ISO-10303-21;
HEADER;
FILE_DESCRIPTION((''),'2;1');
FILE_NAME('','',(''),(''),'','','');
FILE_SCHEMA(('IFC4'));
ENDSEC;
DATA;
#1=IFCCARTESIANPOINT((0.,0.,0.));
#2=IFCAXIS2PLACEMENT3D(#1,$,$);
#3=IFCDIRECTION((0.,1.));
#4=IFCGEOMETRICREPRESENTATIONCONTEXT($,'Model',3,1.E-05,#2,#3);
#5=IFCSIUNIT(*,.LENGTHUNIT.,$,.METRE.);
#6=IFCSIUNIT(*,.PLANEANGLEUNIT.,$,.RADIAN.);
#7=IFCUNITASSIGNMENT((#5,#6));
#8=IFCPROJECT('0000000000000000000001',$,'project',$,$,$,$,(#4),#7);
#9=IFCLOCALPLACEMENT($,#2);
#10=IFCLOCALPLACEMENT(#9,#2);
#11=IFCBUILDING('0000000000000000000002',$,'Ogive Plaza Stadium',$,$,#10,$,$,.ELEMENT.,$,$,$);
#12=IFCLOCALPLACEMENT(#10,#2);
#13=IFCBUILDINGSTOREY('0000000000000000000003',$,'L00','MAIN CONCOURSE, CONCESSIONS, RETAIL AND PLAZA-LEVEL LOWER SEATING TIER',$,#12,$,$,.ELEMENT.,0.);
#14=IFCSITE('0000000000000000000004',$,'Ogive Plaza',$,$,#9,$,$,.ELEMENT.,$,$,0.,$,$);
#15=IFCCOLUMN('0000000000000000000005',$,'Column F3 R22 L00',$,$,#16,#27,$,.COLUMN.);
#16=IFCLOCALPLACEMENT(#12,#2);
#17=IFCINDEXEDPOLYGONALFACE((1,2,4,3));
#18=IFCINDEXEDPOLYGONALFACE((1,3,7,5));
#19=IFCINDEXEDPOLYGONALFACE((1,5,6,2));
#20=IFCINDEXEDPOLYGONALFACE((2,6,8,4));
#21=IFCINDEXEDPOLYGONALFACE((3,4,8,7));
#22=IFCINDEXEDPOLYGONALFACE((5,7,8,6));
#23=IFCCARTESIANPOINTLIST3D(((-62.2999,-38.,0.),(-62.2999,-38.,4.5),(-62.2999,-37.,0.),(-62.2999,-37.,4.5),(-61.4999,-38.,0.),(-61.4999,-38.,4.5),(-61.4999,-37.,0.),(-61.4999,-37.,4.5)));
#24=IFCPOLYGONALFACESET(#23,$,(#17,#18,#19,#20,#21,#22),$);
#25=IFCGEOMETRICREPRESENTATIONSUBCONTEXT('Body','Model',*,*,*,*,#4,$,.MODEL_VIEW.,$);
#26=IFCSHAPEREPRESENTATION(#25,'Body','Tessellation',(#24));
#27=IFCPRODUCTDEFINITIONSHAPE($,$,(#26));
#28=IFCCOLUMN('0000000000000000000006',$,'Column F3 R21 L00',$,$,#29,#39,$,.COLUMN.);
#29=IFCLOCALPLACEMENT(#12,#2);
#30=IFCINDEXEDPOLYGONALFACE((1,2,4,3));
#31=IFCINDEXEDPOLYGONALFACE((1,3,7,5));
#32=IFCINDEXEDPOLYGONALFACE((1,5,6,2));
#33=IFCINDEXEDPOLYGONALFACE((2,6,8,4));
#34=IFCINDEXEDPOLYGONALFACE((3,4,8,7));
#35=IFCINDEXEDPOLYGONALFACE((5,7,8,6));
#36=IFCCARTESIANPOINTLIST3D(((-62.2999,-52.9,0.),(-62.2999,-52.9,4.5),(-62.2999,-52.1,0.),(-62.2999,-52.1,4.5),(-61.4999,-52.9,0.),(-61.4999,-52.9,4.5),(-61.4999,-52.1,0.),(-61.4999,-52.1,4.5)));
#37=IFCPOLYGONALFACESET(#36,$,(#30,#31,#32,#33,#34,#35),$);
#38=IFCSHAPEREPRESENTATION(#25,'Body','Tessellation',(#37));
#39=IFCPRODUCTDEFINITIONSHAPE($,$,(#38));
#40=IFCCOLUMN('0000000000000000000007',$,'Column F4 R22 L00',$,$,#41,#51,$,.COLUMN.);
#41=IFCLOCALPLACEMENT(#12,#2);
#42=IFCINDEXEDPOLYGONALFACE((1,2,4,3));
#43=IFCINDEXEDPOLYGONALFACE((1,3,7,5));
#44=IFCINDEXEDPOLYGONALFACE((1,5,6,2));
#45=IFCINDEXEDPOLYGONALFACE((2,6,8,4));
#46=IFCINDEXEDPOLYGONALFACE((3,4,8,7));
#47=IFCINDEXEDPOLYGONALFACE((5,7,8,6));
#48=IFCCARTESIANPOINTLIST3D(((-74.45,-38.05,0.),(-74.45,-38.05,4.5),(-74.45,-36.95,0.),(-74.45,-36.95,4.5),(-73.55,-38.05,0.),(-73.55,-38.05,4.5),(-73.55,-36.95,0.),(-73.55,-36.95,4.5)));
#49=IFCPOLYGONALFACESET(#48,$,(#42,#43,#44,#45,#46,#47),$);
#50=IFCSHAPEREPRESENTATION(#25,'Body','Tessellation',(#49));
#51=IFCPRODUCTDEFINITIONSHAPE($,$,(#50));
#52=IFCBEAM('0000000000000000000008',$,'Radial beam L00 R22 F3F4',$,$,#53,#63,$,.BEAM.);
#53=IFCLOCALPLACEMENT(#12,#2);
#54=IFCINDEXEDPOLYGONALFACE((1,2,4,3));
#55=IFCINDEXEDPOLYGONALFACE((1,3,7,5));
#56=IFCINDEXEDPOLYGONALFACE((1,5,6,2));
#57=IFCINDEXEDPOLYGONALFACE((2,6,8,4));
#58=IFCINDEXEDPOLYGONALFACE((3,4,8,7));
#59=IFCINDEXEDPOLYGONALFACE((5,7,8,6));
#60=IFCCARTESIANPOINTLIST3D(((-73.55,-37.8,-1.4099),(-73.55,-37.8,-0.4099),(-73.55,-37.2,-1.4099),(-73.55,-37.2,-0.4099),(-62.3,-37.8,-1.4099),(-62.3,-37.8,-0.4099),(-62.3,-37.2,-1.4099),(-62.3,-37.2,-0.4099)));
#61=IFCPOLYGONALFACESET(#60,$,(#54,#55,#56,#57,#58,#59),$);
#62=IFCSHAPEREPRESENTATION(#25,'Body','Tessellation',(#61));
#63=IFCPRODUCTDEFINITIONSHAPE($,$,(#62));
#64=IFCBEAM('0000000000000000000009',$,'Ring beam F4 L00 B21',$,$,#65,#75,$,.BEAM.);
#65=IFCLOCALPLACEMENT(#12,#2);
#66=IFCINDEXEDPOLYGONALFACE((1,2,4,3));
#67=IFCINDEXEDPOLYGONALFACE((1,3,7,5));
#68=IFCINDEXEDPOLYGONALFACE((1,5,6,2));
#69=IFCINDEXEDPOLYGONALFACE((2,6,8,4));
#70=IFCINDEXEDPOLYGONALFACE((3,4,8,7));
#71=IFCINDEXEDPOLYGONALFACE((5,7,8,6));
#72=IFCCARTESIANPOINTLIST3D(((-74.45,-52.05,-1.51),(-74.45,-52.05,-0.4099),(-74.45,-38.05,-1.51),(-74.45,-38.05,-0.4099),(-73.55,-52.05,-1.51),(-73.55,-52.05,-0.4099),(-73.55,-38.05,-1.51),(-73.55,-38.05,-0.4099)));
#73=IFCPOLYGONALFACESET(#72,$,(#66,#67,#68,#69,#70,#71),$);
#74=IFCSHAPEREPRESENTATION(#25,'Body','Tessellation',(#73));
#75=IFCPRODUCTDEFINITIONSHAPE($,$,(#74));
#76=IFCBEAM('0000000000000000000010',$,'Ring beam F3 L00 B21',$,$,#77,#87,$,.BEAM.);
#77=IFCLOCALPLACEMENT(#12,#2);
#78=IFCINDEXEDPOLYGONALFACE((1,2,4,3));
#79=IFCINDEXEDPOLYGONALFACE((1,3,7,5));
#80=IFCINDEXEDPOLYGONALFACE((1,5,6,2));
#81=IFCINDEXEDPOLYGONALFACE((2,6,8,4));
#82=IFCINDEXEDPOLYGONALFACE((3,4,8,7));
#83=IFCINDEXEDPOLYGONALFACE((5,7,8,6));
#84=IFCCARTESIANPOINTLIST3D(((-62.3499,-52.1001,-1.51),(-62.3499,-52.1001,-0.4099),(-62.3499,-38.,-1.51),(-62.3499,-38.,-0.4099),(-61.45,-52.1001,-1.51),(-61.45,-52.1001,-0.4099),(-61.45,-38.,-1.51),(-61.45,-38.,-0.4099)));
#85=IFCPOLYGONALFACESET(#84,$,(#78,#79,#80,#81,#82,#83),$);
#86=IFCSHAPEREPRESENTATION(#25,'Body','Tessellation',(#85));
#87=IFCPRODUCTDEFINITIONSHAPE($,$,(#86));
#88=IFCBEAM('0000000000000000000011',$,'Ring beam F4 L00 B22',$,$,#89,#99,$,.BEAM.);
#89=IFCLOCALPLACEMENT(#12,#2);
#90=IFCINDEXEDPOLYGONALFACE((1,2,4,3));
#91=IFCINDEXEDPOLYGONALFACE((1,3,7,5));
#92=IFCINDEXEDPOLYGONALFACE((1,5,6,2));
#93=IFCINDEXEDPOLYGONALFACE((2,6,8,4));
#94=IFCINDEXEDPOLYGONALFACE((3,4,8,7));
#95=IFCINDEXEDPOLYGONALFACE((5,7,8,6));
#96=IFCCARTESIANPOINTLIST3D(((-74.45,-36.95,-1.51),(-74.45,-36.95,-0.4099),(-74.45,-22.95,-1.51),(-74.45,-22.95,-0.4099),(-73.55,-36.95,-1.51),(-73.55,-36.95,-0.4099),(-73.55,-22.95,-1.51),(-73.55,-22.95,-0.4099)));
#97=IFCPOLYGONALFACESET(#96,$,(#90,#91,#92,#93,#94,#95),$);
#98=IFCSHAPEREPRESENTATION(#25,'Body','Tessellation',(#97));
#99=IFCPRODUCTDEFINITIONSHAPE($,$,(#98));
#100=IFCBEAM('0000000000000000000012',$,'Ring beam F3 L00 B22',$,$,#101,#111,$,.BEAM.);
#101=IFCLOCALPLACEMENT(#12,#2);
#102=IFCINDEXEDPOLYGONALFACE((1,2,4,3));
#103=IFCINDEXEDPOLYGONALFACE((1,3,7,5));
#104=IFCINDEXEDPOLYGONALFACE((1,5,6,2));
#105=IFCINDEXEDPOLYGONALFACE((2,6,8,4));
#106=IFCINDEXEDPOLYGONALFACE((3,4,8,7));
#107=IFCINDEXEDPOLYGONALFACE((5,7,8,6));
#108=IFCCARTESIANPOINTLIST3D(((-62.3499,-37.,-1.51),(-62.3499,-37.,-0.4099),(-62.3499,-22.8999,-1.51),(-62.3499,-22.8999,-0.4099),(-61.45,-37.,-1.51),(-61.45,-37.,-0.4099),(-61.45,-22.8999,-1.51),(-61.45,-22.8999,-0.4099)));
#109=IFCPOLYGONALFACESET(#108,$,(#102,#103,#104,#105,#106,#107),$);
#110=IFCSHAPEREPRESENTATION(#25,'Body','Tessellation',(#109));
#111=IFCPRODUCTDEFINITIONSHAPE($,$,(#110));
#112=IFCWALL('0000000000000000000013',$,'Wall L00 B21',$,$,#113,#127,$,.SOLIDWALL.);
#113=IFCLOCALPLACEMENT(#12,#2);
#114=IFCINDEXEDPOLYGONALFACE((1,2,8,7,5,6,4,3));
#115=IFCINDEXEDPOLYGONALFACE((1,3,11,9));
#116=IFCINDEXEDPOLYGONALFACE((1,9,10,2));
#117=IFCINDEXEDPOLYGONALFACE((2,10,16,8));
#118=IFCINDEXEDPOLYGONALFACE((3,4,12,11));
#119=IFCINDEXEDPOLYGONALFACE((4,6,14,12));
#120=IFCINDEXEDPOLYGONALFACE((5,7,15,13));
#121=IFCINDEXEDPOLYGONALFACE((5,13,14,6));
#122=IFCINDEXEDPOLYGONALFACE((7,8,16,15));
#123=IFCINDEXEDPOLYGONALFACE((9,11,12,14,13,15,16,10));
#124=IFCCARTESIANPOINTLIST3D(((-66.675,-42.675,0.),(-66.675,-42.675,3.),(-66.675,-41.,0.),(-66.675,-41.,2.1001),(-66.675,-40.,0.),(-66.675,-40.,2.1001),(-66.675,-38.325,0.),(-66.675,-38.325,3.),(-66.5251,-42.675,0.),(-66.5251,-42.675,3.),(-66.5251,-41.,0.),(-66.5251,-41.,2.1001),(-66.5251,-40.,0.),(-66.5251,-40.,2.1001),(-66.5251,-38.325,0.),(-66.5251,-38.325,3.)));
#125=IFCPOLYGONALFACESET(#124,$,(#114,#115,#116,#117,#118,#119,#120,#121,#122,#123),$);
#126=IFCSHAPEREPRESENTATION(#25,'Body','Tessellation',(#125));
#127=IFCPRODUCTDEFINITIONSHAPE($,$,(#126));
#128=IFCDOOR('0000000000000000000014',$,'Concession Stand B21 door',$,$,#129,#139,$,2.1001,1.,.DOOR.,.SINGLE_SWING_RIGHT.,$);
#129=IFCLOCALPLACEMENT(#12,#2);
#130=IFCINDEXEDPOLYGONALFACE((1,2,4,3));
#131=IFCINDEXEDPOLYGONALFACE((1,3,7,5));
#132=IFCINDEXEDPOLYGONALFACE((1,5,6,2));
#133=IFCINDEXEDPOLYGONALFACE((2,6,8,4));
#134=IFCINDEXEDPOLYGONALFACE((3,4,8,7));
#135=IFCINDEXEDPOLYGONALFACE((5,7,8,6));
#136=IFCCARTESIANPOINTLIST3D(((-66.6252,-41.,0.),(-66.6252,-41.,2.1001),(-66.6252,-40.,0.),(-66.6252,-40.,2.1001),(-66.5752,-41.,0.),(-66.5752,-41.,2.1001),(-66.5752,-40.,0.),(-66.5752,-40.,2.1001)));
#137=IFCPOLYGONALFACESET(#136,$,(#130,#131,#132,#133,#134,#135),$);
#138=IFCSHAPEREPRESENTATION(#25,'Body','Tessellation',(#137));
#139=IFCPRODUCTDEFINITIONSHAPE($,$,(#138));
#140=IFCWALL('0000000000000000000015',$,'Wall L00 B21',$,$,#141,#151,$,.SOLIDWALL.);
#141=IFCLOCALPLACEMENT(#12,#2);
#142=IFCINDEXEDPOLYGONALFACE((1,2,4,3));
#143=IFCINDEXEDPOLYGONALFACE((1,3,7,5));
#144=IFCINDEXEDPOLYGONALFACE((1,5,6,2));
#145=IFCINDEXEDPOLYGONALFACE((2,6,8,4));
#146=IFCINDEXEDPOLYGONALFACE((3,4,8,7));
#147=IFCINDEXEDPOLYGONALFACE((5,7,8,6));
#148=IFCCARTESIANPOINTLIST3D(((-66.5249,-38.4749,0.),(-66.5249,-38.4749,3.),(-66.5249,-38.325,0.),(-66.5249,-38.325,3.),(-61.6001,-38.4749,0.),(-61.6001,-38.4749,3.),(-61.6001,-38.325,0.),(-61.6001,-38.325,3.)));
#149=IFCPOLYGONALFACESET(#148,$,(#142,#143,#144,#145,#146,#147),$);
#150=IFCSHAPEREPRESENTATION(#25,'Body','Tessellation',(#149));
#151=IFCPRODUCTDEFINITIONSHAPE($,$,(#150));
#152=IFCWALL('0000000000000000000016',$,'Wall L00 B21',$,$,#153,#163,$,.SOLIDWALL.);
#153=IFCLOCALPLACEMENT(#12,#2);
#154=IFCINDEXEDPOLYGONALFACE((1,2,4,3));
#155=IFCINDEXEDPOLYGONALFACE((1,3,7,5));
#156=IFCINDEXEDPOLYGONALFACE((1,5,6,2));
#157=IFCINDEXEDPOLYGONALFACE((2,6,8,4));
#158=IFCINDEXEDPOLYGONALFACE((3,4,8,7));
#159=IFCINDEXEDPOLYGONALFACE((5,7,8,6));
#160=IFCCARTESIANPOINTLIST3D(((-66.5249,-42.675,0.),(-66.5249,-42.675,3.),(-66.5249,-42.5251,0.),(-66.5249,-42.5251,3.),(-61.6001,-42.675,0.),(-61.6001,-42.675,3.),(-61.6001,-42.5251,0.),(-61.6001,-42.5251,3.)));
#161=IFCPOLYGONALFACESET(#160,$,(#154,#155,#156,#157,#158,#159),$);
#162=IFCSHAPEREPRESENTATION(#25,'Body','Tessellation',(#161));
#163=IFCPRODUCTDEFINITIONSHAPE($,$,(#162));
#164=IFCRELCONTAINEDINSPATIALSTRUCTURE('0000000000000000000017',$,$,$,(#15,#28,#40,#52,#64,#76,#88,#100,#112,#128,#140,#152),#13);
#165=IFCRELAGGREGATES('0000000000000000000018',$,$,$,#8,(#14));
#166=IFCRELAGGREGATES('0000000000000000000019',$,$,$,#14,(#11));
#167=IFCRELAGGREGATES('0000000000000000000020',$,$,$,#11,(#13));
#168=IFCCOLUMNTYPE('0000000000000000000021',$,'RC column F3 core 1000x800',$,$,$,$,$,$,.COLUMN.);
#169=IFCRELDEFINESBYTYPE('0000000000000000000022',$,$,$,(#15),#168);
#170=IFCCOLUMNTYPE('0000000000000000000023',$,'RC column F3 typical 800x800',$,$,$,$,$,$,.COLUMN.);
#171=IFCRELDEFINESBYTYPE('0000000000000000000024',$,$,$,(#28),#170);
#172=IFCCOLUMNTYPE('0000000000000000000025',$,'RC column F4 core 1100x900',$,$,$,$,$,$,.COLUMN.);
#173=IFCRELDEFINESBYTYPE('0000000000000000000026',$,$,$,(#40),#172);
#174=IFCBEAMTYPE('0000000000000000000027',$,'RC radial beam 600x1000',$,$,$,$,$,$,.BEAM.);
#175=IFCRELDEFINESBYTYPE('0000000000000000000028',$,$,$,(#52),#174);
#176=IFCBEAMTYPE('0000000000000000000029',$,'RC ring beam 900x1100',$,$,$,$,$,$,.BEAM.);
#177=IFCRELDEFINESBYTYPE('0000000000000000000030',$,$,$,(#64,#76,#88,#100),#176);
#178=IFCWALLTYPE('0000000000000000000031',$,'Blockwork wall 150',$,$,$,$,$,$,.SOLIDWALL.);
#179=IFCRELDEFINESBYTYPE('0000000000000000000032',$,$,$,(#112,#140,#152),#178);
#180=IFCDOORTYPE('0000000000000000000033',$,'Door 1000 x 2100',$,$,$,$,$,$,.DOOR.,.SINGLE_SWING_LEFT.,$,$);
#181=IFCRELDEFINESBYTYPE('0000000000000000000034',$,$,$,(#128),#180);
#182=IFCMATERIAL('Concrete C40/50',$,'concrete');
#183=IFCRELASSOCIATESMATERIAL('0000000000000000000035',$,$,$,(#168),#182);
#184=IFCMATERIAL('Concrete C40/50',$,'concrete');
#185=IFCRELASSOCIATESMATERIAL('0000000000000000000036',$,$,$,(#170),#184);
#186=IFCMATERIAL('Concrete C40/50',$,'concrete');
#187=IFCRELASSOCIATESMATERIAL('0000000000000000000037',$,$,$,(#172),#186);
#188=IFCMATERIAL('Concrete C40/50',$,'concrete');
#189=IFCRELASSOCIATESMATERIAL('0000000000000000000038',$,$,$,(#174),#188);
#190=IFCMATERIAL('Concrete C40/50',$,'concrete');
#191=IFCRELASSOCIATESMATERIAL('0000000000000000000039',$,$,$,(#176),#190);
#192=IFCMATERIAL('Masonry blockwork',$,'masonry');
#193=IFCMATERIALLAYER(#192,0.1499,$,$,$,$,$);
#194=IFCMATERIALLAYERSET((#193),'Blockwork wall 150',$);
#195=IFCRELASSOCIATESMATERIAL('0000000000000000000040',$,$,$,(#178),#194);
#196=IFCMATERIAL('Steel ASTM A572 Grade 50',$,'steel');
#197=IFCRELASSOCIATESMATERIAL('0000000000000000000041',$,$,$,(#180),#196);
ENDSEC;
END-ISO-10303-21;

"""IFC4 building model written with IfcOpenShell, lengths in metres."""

from ifc_helpers import new_model, si_unit, direction, frame, frame_2d, origin, origin_2d, place, context, subcontext, project, spatial, rectangle, extrude, material, layer, layer_set, material_profile, profile_set, type_object, element, fill, save


model = new_model("IFC4")

# Units and contexts
model_context = context("Model", 3, precision=1e-05, world=origin(), true_north=direction((0.0, 1.0)))
body_context = subcontext(model_context, "Body", "Model", "MODEL_VIEW")
ifc_project = project(units=[si_unit("LENGTHUNIT", "METRE"), si_unit("PLANEANGLEUNIT", "RADIAN")], contexts=[model_context])

# Site, building, storey
site_placement = place(None, origin())
site = spatial("IfcSite", under=ifc_project, at=site_placement, Name="Ogive Plaza", CompositionType="ELEMENT", RefElevation=0.0)
building_placement = place(site_placement, origin())
building = spatial("IfcBuilding", under=site, at=building_placement, Name="Ogive Plaza Stadium", CompositionType="ELEMENT")
storey_placement = place(building_placement, origin())
storey = spatial("IfcBuildingStorey", under=building, at=storey_placement, Name="L00", Description="MAIN CONCOURSE, CONCESSIONS, RETAIL AND PLAZA-LEVEL LOWER SEATING TIER", CompositionType="ELEMENT", Elevation=0.0)

# Columns
ifc_material_1 = material(Name="Concrete C40/50", Category="concrete")
ifc_material_profile_1 = material_profile(ifc_material_1, rectangle(XDim=1.0, YDim=0.8, at=origin_2d()), Name="RC 1000x800")
ifc_profile_set_1 = profile_set([ifc_material_profile_1], Name="Concrete C40/50")
column_type_1 = type_object("IfcColumnType", Name="RC column F3 core 1000x800", PredefinedType="COLUMN", material=ifc_profile_set_1)
column_1_placement = place(storey_placement, frame((-61.8999, -37.5, 0.0), z_axis=(0.0, 0.0, 1.0), x_axis=(0.0, -1.0, 0.0)))
element("IfcColumn", 1, at=column_1_placement, inside=storey, type_object=column_type_1, Name="Column F3 R22 L00", PredefinedType="COLUMN", context=body_context, shape_type="SweptSolid", body=[
    extrude(rectangle(XDim=1.0, YDim=0.8, at=origin_2d()), origin(), (0.0, 0.0, 1.0), 4.5),
])
ifc_material_2 = material(Name="Concrete C40/50", Category="concrete")
ifc_material_profile_2 = material_profile(ifc_material_2, rectangle(XDim=0.8, YDim=0.8, at=origin_2d()), Name="RC 800x800")
ifc_profile_set_2 = profile_set([ifc_material_profile_2], Name="Concrete C40/50")
column_type_2 = type_object("IfcColumnType", Name="RC column F3 typical 800x800", PredefinedType="COLUMN", material=ifc_profile_set_2)
column_2_placement = place(storey_placement, frame((-61.8999, -52.5, 0.0), z_axis=(0.0, 0.0, 1.0), x_axis=(0.0, -1.0, 0.0)))
element("IfcColumn", 2, at=column_2_placement, inside=storey, type_object=column_type_2, Name="Column F3 R21 L00", PredefinedType="COLUMN", context=body_context, shape_type="SweptSolid", body=[
    extrude(rectangle(XDim=0.8, YDim=0.8, at=origin_2d()), origin(), (0.0, 0.0, 1.0), 4.5),
])
ifc_material_3 = material(Name="Concrete C40/50", Category="concrete")
ifc_material_profile_3 = material_profile(ifc_material_3, rectangle(XDim=1.1001, YDim=0.8999, at=origin_2d()), Name="RC 1100x900")
ifc_profile_set_3 = profile_set([ifc_material_profile_3], Name="Concrete C40/50")
column_type_3 = type_object("IfcColumnType", Name="RC column F4 core 1100x900", PredefinedType="COLUMN", material=ifc_profile_set_3)
column_3_placement = place(storey_placement, frame((-74.0, -37.5, 0.0), z_axis=(0.0, 0.0, 1.0), x_axis=(0.0, -1.0, 0.0)))
element("IfcColumn", 3, at=column_3_placement, inside=storey, type_object=column_type_3, Name="Column F4 R22 L00", PredefinedType="COLUMN", context=body_context, shape_type="SweptSolid", body=[
    extrude(rectangle(XDim=1.1001, YDim=0.8999, at=origin_2d()), origin(), (0.0, 0.0, 1.0), 4.5),
])

# Beams
ifc_material_4 = material(Name="Concrete C40/50", Category="concrete")
ifc_material_profile_4 = material_profile(ifc_material_4, rectangle(XDim=0.6001, YDim=1.0, at=origin_2d()), Name="RC 600x1000")
ifc_profile_set_4 = profile_set([ifc_material_profile_4], Name="Concrete C40/50")
beam_type_1 = type_object("IfcBeamType", Name="RC radial beam 600x1000", PredefinedType="BEAM", material=ifc_profile_set_4)
beam_1_placement = place(storey_placement, frame((-62.3, -37.5, -0.9099), z_axis=(-1.0, 0.0, 0.0), x_axis=(0.0, -1.0, 0.0)))
element("IfcBeam", 4, at=beam_1_placement, inside=storey, type_object=beam_type_1, Name="Radial beam L00 R22 F3F4", PredefinedType="BEAM", context=body_context, shape_type="SweptSolid", body=[
    extrude(rectangle(XDim=0.6001, YDim=1.0, at=origin_2d()), origin(), (0.0, 0.0, 1.0), 11.25),
])
ifc_material_5 = material(Name="Concrete C40/50", Category="concrete")
ifc_material_profile_5 = material_profile(ifc_material_5, rectangle(XDim=0.8999, YDim=1.1001, at=origin_2d()), Name="RC 900x1100")
ifc_profile_set_5 = profile_set([ifc_material_profile_5], Name="Concrete C40/50")
beam_type_2 = type_object("IfcBeamType", Name="RC ring beam 900x1100", PredefinedType="BEAM", material=ifc_profile_set_5)
beam_2_placement = place(storey_placement, frame((-74.0, -52.05, -0.96), z_axis=(0.0, 1.0, 0.0), x_axis=(-1.0, 0.0, 0.0)))
element("IfcBeam", 5, at=beam_2_placement, inside=storey, type_object=beam_type_2, Name="Ring beam F4 L00 B21", PredefinedType="BEAM", context=body_context, shape_type="SweptSolid", body=[
    extrude(rectangle(XDim=0.8999, YDim=1.1001, at=origin_2d()), origin(), (0.0, 0.0, 1.0), 14.0),
])
beam_3_placement = place(storey_placement, frame((-61.8999, -52.1001, -0.96), z_axis=(0.0, 1.0, 0.0), x_axis=(-1.0, 0.0, 0.0)))
element("IfcBeam", 6, at=beam_3_placement, inside=storey, type_object=beam_type_2, Name="Ring beam F3 L00 B21", PredefinedType="BEAM", context=body_context, shape_type="SweptSolid", body=[
    extrude(rectangle(XDim=0.8999, YDim=1.1001, at=origin_2d()), origin(), (0.0, 0.0, 1.0), 14.1001),
])
beam_4_placement = place(storey_placement, frame((-74.0, -36.95, -0.96), z_axis=(0.0, 1.0, 0.0), x_axis=(-1.0, 0.0, 0.0)))
element("IfcBeam", 7, at=beam_4_placement, inside=storey, type_object=beam_type_2, Name="Ring beam F4 L00 B22", PredefinedType="BEAM", context=body_context, shape_type="SweptSolid", body=[
    extrude(rectangle(XDim=0.8999, YDim=1.1001, at=origin_2d()), origin(), (0.0, 0.0, 1.0), 14.0),
])
beam_5_placement = place(storey_placement, frame((-61.8999, -37.0, -0.96), z_axis=(0.0, 1.0, 0.0), x_axis=(-1.0, 0.0, 0.0)))
element("IfcBeam", 8, at=beam_5_placement, inside=storey, type_object=beam_type_2, Name="Ring beam F3 L00 B22", PredefinedType="BEAM", context=body_context, shape_type="SweptSolid", body=[
    extrude(rectangle(XDim=0.8999, YDim=1.1001, at=origin_2d()), origin(), (0.0, 0.0, 1.0), 14.1001),
])

# Wall, opening, door
ifc_material_6 = material(Name="Masonry blockwork", Category="masonry")
ifc_layer_1 = layer(ifc_material_6, 0.1499)
ifc_layer_set_1 = layer_set([ifc_layer_1], Name="Blockwork wall 150")
wall_type_1 = type_object("IfcWallType", Name="Blockwork wall 150", PredefinedType="SOLIDWALL", material=ifc_layer_set_1)
wall_1_placement = place(storey_placement, frame((-66.6001, -38.325, 0.0), z_axis=(0.0, 0.0, 1.0), x_axis=(0.0, -1.0, 0.0)))
wall_1 = element("IfcWall", 9, at=wall_1_placement, inside=storey, type_object=wall_type_1, Name="Wall L00 B21", PredefinedType="SOLIDWALL", context=body_context, shape_type="SweptSolid", body=[
    extrude(rectangle(XDim=4.3501, YDim=0.1499, at=frame_2d((2.175, 0.0))), origin(), (0.0, 0.0, 1.0), 3.0),
])
opening_1_placement = place(wall_1_placement, frame((1.675, 0.0, 0.0)))
opening_1 = element("IfcOpeningElement", 10, at=opening_1_placement, cuts=wall_1, PredefinedType="OPENING", context=body_context, shape_type="SweptSolid", body=[
    extrude(rectangle(XDim=1.0, YDim=2.1001, at=frame_2d((0.5, 1.05))), frame((0.0, 0.075, 0.0), z_axis=(0.0, -1.0, 0.0), x_axis=(1.0, 0.0, 0.0)), (0.0, 0.0, 1.0), 0.1499),
])
ifc_material_7 = material(Name="Steel ASTM A572 Grade 50", Category="steel")
door_type_1 = type_object("IfcDoorType", Name="Door 1000 x 2100", OperationType="SINGLE_SWING_LEFT", PredefinedType="DOOR", material=ifc_material_7)
door_1_placement = place(opening_1_placement, origin())
door_1 = element("IfcDoor", 11, at=door_1_placement, inside=storey, type_object=door_type_1, Name="Concession Stand B21 door", OperationType="SINGLE_SWING_RIGHT", OverallHeight=2.1001, OverallWidth=1.0, PredefinedType="DOOR", context=body_context, shape_type="SweptSolid", body=[
    extrude(rectangle(XDim=1.0, YDim=2.1001, at=frame_2d((0.5, 1.05))), frame((0.0, 0.0249, 0.0), z_axis=(0.0, -1.0, 0.0), x_axis=(1.0, 0.0, 0.0)), (0.0, 0.0, 1.0), 0.05),
])
fill(opening_1, door_1)

# Walls
for number, where, z_axis, x_axis, name in (
    (12, (-61.6001, -38.3999, 0.0), (0.0, 0.0, 1.0), (-1.0, 0.0, 0.0), "Wall L00 B21"),
    (13, (-61.6001, -42.6001, 0.0), (0.0, 0.0, 1.0), (-1.0, 0.0, 0.0), "Wall L00 B21"),
):
    element("IfcWall", number, at=place(storey_placement, frame(where, z_axis=z_axis, x_axis=x_axis)), inside=storey, type_object=wall_type_1, Name=name, PredefinedType="SOLIDWALL", context=body_context, shape_type="SweptSolid", body=[
        extrude(rectangle(XDim=4.9248, YDim=0.1499, at=frame_2d((2.4624, 0.0))), origin(), (0.0, 0.0, 1.0), 3.0),
    ])

save(model, "model.ifc")
